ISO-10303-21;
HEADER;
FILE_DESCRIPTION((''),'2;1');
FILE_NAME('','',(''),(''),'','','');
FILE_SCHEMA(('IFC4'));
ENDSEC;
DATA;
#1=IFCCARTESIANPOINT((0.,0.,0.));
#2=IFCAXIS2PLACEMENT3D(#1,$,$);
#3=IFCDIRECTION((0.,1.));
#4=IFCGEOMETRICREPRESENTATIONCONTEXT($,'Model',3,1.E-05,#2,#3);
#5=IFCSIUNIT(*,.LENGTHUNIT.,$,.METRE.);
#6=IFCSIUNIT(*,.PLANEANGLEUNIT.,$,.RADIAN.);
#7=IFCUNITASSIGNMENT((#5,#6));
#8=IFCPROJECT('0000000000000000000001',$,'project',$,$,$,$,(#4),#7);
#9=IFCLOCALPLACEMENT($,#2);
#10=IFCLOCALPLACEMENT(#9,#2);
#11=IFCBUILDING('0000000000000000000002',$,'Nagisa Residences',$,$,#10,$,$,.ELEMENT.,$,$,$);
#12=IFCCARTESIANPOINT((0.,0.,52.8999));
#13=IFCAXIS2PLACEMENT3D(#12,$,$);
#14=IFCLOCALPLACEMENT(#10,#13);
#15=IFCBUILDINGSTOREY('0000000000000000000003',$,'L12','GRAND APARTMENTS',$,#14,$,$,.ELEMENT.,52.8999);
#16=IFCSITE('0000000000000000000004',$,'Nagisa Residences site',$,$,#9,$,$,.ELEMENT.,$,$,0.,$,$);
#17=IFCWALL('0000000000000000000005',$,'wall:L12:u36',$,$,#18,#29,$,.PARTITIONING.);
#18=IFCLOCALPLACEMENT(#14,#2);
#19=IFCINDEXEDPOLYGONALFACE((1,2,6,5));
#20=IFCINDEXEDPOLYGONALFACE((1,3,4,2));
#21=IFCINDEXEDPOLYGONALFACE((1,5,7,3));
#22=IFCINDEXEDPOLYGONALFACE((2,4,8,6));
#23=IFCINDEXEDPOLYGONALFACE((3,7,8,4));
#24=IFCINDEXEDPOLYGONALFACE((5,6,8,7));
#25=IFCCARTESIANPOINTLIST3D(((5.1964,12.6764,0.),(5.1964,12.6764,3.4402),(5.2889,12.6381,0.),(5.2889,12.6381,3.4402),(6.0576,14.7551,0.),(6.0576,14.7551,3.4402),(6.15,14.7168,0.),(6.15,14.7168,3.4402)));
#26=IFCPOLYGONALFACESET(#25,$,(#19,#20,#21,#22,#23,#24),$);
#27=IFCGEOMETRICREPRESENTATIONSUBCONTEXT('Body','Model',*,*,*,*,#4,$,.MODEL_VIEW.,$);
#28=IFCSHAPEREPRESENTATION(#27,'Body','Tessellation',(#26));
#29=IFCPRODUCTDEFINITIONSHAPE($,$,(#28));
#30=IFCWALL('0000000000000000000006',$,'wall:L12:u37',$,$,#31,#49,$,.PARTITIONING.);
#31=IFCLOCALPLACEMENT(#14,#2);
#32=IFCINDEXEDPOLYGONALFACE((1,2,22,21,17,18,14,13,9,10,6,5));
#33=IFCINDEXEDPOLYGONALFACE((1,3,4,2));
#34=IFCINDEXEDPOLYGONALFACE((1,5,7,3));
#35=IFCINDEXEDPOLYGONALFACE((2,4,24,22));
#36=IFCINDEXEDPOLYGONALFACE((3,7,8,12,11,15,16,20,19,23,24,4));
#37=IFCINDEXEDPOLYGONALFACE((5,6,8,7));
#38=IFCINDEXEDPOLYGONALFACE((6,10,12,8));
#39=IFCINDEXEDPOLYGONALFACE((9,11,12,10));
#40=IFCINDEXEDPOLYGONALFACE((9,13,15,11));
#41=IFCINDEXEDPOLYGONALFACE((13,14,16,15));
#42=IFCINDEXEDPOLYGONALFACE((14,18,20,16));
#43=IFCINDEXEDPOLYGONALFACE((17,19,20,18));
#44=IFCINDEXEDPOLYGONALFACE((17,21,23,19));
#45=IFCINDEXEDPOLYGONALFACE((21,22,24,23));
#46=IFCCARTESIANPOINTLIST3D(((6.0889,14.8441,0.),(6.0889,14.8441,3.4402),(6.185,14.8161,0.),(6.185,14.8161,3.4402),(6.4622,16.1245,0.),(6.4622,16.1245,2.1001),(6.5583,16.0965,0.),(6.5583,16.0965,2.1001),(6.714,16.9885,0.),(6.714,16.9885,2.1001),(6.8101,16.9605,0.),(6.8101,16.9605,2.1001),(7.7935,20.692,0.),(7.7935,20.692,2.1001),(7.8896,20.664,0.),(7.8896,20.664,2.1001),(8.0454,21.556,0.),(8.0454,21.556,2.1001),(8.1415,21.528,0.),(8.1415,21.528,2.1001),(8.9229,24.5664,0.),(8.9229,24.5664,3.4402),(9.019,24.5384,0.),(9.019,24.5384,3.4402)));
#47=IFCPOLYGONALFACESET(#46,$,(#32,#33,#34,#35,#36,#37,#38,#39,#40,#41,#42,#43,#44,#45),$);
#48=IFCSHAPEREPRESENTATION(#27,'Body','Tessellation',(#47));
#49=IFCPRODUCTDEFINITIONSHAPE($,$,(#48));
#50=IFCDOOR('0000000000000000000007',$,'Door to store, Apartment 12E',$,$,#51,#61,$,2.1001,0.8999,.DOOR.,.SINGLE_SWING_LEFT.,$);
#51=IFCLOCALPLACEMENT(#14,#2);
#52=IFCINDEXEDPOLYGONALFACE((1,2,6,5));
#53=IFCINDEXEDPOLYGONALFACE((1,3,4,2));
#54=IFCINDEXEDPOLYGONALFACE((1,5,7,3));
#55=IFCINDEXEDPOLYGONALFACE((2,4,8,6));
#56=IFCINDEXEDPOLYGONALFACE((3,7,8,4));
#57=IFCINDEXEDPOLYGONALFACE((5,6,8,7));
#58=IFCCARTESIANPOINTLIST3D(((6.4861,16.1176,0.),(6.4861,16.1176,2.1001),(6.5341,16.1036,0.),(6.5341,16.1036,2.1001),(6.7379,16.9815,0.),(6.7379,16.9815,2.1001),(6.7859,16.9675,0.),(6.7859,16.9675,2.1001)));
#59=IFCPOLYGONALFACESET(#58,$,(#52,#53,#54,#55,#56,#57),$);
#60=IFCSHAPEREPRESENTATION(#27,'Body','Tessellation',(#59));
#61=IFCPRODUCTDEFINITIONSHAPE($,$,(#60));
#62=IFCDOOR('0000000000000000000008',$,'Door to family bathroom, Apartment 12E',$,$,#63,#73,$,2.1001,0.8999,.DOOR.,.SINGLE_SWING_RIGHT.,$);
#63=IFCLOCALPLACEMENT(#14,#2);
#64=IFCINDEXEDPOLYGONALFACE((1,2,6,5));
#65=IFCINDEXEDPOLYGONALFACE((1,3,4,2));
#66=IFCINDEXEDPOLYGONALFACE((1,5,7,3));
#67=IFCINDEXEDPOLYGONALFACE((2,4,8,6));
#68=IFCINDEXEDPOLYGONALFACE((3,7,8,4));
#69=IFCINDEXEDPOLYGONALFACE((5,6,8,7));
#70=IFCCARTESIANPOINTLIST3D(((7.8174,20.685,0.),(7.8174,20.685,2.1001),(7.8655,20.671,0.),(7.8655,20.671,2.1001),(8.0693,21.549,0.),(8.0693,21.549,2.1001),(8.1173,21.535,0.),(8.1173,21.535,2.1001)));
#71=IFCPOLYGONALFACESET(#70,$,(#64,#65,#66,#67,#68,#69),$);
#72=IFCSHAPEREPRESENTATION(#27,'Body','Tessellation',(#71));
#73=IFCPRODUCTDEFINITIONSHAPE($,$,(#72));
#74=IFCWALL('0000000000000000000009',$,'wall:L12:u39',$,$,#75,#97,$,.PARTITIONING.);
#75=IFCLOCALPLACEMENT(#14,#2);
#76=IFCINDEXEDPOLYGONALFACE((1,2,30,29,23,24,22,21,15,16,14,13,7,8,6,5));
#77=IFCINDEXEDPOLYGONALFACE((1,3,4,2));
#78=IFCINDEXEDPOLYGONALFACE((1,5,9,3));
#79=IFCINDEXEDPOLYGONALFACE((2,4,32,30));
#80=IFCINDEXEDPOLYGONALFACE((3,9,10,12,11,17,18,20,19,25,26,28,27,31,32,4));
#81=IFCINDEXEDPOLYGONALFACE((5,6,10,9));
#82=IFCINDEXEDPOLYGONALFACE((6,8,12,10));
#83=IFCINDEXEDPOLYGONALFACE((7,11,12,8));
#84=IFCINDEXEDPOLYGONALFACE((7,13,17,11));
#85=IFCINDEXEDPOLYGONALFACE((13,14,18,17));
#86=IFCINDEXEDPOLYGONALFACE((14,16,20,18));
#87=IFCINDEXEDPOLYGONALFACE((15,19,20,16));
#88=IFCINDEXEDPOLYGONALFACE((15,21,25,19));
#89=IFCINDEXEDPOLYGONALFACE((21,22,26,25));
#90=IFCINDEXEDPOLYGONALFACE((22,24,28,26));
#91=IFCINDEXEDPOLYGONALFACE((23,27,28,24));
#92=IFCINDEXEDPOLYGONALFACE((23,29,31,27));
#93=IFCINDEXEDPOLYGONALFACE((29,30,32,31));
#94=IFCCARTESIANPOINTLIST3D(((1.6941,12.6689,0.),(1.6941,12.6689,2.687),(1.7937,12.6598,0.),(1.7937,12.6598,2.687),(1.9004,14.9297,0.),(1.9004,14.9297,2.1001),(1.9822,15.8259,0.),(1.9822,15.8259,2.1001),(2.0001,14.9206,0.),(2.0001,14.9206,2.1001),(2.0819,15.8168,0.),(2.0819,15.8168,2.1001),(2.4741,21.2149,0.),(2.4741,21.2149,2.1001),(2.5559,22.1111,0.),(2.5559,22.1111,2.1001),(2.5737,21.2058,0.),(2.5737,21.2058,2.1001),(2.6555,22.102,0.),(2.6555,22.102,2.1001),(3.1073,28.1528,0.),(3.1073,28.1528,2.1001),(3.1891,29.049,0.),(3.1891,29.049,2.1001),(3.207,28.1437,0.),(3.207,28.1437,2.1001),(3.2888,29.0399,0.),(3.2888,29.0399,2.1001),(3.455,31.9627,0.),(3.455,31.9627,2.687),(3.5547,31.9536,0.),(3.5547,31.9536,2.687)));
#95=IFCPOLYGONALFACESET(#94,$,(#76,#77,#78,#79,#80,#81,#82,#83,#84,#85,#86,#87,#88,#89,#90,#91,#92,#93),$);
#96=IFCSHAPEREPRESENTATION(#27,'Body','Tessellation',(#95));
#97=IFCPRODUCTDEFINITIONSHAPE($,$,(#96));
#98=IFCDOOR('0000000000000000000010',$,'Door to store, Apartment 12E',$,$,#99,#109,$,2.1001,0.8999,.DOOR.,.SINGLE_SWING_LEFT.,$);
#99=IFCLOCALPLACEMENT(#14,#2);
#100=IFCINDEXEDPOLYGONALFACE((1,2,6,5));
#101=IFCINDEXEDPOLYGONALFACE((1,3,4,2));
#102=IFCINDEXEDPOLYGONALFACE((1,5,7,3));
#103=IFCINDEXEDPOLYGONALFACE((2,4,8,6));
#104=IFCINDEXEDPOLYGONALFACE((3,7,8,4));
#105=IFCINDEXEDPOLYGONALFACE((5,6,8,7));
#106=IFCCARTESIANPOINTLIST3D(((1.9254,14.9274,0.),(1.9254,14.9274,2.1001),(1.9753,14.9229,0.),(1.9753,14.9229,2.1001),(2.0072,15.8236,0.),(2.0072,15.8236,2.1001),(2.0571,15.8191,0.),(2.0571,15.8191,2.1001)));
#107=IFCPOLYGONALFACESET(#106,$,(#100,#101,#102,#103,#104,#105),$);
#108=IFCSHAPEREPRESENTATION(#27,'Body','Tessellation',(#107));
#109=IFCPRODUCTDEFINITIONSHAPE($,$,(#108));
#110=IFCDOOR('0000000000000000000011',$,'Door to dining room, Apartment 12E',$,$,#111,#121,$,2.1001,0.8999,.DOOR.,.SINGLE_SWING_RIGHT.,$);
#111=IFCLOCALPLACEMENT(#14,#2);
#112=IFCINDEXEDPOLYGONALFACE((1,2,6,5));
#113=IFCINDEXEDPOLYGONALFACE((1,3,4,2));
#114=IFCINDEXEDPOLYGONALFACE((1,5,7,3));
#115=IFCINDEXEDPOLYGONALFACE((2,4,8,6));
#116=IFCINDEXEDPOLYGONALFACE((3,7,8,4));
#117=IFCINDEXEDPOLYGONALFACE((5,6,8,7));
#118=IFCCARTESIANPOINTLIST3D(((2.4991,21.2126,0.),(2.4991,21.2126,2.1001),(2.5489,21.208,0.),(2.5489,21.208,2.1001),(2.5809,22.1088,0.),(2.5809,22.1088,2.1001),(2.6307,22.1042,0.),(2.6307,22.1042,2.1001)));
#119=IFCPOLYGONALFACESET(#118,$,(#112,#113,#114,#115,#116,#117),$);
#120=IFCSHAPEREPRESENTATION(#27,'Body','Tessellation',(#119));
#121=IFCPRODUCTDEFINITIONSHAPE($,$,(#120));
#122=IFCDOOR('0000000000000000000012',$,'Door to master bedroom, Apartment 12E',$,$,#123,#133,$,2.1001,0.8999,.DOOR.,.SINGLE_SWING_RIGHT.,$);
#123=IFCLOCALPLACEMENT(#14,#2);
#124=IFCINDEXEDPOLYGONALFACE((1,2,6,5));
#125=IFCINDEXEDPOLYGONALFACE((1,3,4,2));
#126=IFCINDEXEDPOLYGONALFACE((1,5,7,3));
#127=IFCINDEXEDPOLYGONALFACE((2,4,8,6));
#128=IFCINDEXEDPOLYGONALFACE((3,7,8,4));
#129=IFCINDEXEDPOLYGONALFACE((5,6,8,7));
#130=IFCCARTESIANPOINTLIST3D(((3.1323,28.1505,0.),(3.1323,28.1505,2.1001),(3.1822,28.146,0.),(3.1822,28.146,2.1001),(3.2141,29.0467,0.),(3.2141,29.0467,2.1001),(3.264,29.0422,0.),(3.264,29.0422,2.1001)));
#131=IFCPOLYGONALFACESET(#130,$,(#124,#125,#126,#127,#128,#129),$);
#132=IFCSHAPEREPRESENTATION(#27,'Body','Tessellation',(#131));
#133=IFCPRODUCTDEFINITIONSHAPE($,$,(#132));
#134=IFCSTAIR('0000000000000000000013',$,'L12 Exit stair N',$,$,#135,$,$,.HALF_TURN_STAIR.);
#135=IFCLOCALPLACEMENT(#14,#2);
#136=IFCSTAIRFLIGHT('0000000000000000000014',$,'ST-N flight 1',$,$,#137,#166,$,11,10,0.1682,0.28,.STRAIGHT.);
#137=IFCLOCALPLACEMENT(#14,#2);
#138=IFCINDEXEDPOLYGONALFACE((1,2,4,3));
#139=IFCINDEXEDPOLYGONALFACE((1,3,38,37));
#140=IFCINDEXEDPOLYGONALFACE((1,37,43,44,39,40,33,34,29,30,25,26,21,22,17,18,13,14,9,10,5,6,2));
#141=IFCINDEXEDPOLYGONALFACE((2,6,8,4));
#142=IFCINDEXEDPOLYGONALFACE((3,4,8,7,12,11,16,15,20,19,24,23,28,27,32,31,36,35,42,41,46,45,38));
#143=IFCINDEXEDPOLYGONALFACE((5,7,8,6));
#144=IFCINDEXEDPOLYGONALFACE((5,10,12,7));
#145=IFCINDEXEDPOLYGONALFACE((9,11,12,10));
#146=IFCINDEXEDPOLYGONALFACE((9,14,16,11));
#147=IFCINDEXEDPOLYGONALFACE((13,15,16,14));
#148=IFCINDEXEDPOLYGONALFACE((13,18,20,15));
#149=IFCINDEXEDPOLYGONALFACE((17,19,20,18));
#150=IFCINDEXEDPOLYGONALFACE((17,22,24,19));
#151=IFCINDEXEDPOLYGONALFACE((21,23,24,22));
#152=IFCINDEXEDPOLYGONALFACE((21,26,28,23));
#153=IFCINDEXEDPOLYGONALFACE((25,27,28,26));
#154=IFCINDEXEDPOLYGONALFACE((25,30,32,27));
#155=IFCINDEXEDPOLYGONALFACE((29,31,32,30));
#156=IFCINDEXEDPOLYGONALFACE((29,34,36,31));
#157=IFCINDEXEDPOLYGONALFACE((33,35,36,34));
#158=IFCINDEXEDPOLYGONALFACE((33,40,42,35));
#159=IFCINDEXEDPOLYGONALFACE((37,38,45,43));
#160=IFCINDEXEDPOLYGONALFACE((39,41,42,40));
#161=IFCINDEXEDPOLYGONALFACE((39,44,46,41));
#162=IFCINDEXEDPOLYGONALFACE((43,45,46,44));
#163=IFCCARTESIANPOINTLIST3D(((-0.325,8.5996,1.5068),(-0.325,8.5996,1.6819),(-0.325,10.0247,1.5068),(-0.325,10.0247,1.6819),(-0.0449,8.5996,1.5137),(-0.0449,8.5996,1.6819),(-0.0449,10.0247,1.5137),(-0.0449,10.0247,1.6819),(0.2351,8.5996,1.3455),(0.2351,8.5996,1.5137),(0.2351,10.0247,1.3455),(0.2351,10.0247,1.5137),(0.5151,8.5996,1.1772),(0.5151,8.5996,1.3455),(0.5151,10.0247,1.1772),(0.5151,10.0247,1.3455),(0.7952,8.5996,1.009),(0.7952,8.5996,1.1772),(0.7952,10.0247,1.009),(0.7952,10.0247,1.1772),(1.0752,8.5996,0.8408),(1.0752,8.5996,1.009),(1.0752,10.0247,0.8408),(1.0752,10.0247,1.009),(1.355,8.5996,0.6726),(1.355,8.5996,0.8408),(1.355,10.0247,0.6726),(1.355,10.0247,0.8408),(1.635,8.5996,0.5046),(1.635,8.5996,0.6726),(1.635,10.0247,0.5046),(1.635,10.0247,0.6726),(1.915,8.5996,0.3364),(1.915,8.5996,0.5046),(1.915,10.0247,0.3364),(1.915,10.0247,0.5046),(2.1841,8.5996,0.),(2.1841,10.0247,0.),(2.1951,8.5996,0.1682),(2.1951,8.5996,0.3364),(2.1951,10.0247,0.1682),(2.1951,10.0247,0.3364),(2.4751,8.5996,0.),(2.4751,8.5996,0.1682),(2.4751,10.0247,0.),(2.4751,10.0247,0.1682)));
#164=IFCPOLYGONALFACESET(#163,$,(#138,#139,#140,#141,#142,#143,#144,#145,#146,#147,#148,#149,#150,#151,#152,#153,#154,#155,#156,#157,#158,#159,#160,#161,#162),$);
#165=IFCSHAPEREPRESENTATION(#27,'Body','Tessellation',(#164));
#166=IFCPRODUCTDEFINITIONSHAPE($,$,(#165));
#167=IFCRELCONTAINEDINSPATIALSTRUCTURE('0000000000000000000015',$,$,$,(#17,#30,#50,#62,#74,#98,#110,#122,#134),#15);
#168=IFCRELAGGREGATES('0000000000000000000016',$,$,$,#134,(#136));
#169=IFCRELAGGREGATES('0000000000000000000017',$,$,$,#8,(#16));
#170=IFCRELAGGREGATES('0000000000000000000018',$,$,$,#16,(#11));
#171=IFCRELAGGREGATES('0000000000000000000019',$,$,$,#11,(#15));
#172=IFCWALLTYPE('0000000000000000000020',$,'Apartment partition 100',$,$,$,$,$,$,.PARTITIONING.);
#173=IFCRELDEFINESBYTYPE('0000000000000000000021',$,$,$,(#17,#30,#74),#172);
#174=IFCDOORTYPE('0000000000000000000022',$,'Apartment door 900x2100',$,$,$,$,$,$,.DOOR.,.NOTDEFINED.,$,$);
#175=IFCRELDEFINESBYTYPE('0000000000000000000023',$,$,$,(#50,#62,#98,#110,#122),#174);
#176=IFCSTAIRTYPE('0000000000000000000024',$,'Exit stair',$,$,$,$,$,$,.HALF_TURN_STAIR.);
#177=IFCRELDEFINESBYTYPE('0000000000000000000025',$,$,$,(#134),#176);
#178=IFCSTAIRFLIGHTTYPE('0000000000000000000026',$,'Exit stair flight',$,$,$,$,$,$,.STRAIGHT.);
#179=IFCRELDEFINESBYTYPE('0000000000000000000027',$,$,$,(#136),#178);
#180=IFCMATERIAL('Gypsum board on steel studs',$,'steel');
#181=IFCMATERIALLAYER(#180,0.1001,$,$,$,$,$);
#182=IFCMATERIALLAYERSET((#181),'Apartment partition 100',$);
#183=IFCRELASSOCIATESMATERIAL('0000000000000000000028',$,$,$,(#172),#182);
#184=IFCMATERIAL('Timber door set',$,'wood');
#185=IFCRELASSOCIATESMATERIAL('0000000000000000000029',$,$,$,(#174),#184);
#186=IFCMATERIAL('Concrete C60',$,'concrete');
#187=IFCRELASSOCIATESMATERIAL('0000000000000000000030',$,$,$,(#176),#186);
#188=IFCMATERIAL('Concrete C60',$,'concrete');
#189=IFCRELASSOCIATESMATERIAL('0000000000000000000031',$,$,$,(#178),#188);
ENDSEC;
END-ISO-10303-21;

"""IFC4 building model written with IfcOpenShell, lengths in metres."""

from ifc_helpers import new_model, si_unit, direction, frame, frame_2d, origin, place, context, subcontext, project, spatial, polyline, rectangle, outline, extrude, material, layer, layer_set, type_object, element, fill, aggregate, save


model = new_model("IFC4")

# Units and contexts
model_context = context("Model", 3, precision=1e-05, world=origin(), true_north=direction((0.0, 1.0)))
body_context = subcontext(model_context, "Body", "Model", "MODEL_VIEW")
ifc_project = project(units=[si_unit("LENGTHUNIT", "METRE"), si_unit("PLANEANGLEUNIT", "RADIAN")], contexts=[model_context])

# Site, building, storey
site_placement = place(None, origin())
site = spatial("IfcSite", under=ifc_project, at=site_placement, Name="Nagisa Residences site", CompositionType="ELEMENT", RefElevation=0.0)
building_placement = place(site_placement, origin())
building = spatial("IfcBuilding", under=site, at=building_placement, Name="Nagisa Residences", CompositionType="ELEMENT")
storey_placement = place(building_placement, frame((0.0, 0.0, 52.8999)))
storey = spatial("IfcBuildingStorey", under=building, at=storey_placement, Name="L12", Description="GRAND APARTMENTS", CompositionType="ELEMENT", Elevation=52.8999)

# Shared definitions
ifc_material_1 = material(Name="Gypsum board on steel studs", Category="steel")
ifc_layer_1 = layer(ifc_material_1, 0.1001)
ifc_layer_set_1 = layer_set([ifc_layer_1], Name="Apartment partition 100")
wall_type_1 = type_object("IfcWallType", Name="Apartment partition 100", PredefinedType="PARTITIONING", material=ifc_layer_set_1)
ifc_material_2 = material(Name="Timber door set", Category="wood")
door_type_1 = type_object("IfcDoorType", Name="Apartment door 900x2100", OperationType="NOTDEFINED", PredefinedType="DOOR", material=ifc_material_2)

# Wall
wall_1_placement = place(storey_placement, frame((5.2427, 12.6572, 0.0), z_axis=(0.0, 0.0, 1.0), x_axis=(0.382719, 0.923865, 0.0)))
element("IfcWall", 1, at=wall_1_placement, inside=storey, type_object=wall_type_1, Name="wall:L12:u36", PredefinedType="PARTITIONING", context=body_context, shape_type="SweptSolid", body=[
    extrude(rectangle(XDim=2.25, YDim=0.1001, at=frame_2d((1.125, 0.0))), origin(), (0.0, 0.0, 1.0), 3.4402),
])

# Walls, openings, doors
wall_2_placement = place(storey_placement, frame((6.137, 14.8301, 0.0), z_axis=(0.0, 0.0, 1.0), x_axis=(0.279844, 0.960046, 0.0)))
wall_2 = element("IfcWall", 2, at=wall_2_placement, inside=storey, type_object=wall_type_1, Name="wall:L12:u37", PredefinedType="PARTITIONING", context=body_context, shape_type="SweptSolid", body=[
    extrude(rectangle(XDim=10.127, YDim=0.1001, at=frame_2d((5.0635, 0.0))), origin(), (0.0, 0.0, 1.0), 3.4402),
])
opening_1_placement = place(wall_2_placement, frame((1.3337, 0.0, 0.0)))
opening_1 = element("IfcOpeningElement", 3, at=opening_1_placement, cuts=wall_2, PredefinedType="OPENING", context=body_context, shape_type="SweptSolid", body=[
    extrude(rectangle(XDim=0.8999, YDim=2.1001, at=frame_2d((0.45, 1.05))), frame((0.0, 0.0601, 0.0), z_axis=(0.0, -1.0, 0.0), x_axis=(1.0, 0.0, 0.0)), (0.0, 0.0, 1.0), 0.1201),
])
opening_2_placement = place(wall_2_placement, frame((6.0913, 0.0, 0.0)))
opening_2 = element("IfcOpeningElement", 4, at=opening_2_placement, cuts=wall_2, PredefinedType="OPENING", context=body_context, shape_type="SweptSolid", body=[
    extrude(rectangle(XDim=0.8999, YDim=2.1001, at=frame_2d((0.45, 1.05))), frame((0.0, 0.0601, 0.0), z_axis=(0.0, -1.0, 0.0), x_axis=(1.0, 0.0, 0.0)), (0.0, 0.0, 1.0), 0.1201),
])
door_1_placement = place(opening_1_placement, frame((0.8999, 0.0, 0.0), x_axis=(-1.0, 0.0, 0.0)))
door_1 = element("IfcDoor", 5, at=door_1_placement, inside=storey, type_object=door_type_1, Name="Door to store, Apartment 12E", OperationType="SINGLE_SWING_LEFT", OverallHeight=2.1001, OverallWidth=0.8999, PredefinedType="DOOR", context=body_context, shape_type="SweptSolid", body=[
    extrude(rectangle(XDim=0.8999, YDim=2.1001, at=frame_2d((0.45, 1.05))), frame((0.0, 0.0249, 0.0), z_axis=(0.0, -1.0, 0.0), x_axis=(1.0, 0.0, 0.0)), (0.0, 0.0, 1.0), 0.05),
])
fill(opening_1, door_1)
door_2_placement = place(opening_2_placement, frame((0.8999, 0.0, 0.0), x_axis=(-1.0, 0.0, 0.0)))
door_2 = element("IfcDoor", 6, at=door_2_placement, inside=storey, type_object=door_type_1, Name="Door to family bathroom, Apartment 12E", OperationType="SINGLE_SWING_RIGHT", OverallHeight=2.1001, OverallWidth=0.8999, PredefinedType="DOOR", context=body_context, shape_type="SweptSolid", body=[
    extrude(rectangle(XDim=0.8999, YDim=2.1001, at=frame_2d((0.45, 1.05))), frame((0.0, 0.0249, 0.0), z_axis=(0.0, -1.0, 0.0), x_axis=(1.0, 0.0, 0.0)), (0.0, 0.0, 1.0), 0.05),
])
fill(opening_2, door_2)
wall_3_placement = place(storey_placement, frame((1.7439, 12.6643, 0.0), z_axis=(0.0, 0.0, 1.0), x_axis=(0.090894, 0.995861, 0.0)))
wall_3 = element("IfcWall", 7, at=wall_3_placement, inside=storey, type_object=wall_type_1, Name="wall:L12:u39", PredefinedType="PARTITIONING", context=body_context, shape_type="SweptSolid", body=[
    extrude(rectangle(XDim=19.374, YDim=0.1001, at=frame_2d((9.687, 0.0))), origin(), (0.0, 0.0, 1.0), 2.687),
])
opening_3_placement = place(wall_3_placement, frame((2.2703, 0.0, 0.0)))
opening_3 = element("IfcOpeningElement", 8, at=opening_3_placement, cuts=wall_3, PredefinedType="OPENING", context=body_context, shape_type="SweptSolid", body=[
    extrude(rectangle(XDim=0.8999, YDim=2.1001, at=frame_2d((0.45, 1.05))), frame((0.0, 0.0601, 0.0), z_axis=(0.0, -1.0, 0.0), x_axis=(1.0, 0.0, 0.0)), (0.0, 0.0, 1.0), 0.1201),
])
opening_4_placement = place(wall_3_placement, frame((8.5815, 0.0, 0.0)))
opening_4 = element("IfcOpeningElement", 9, at=opening_4_placement, cuts=wall_3, PredefinedType="OPENING", context=body_context, shape_type="SweptSolid", body=[
    extrude(rectangle(XDim=0.8999, YDim=2.1001, at=frame_2d((0.45, 1.05))), frame((0.0, 0.0601, 0.0), z_axis=(0.0, -1.0, 0.0), x_axis=(1.0, 0.0, 0.0)), (0.0, 0.0, 1.0), 0.1201),
])
opening_5_placement = place(wall_3_placement, frame((15.5483, 0.0, 0.0)))
opening_5 = element("IfcOpeningElement", 10, at=opening_5_placement, cuts=wall_3, PredefinedType="OPENING", context=body_context, shape_type="SweptSolid", body=[
    extrude(rectangle(XDim=0.8999, YDim=2.1001, at=frame_2d((0.45, 1.05))), frame((0.0, 0.0601, 0.0), z_axis=(0.0, -1.0, 0.0), x_axis=(1.0, 0.0, 0.0)), (0.0, 0.0, 1.0), 0.1201),
])
door_3_placement = place(opening_3_placement, origin())
door_3 = element("IfcDoor", 11, at=door_3_placement, inside=storey, type_object=door_type_1, Name="Door to store, Apartment 12E", OperationType="SINGLE_SWING_LEFT", OverallHeight=2.1001, OverallWidth=0.8999, PredefinedType="DOOR", context=body_context, shape_type="SweptSolid", body=[
    extrude(rectangle(XDim=0.8999, YDim=2.1001, at=frame_2d((0.45, 1.05))), frame((0.0, 0.0249, 0.0), z_axis=(0.0, -1.0, 0.0), x_axis=(1.0, 0.0, 0.0)), (0.0, 0.0, 1.0), 0.05),
])
fill(opening_3, door_3)
door_4_placement = place(opening_4_placement, origin())
door_4 = element("IfcDoor", 12, at=door_4_placement, inside=storey, type_object=door_type_1, Name="Door to dining room, Apartment 12E", OperationType="SINGLE_SWING_RIGHT", OverallHeight=2.1001, OverallWidth=0.8999, PredefinedType="DOOR", context=body_context, shape_type="SweptSolid", body=[
    extrude(rectangle(XDim=0.8999, YDim=2.1001, at=frame_2d((0.45, 1.05))), frame((0.0, 0.0249, 0.0), z_axis=(0.0, -1.0, 0.0), x_axis=(1.0, 0.0, 0.0)), (0.0, 0.0, 1.0), 0.05),
])
fill(opening_4, door_4)
door_5_placement = place(opening_5_placement, origin())
door_5 = element("IfcDoor", 13, at=door_5_placement, inside=storey, type_object=door_type_1, Name="Door to master bedroom, Apartment 12E", OperationType="SINGLE_SWING_RIGHT", OverallHeight=2.1001, OverallWidth=0.8999, PredefinedType="DOOR", context=body_context, shape_type="SweptSolid", body=[
    extrude(rectangle(XDim=0.8999, YDim=2.1001, at=frame_2d((0.45, 1.05))), frame((0.0, 0.0249, 0.0), z_axis=(0.0, -1.0, 0.0), x_axis=(1.0, 0.0, 0.0)), (0.0, 0.0, 1.0), 0.05),
])
fill(opening_5, door_5)

# Stair, stair flight
ifc_material_3 = material(Name="Concrete C60", Category="concrete")
stair_type = type_object("IfcStairType", Name="Exit stair", PredefinedType="HALF_TURN_STAIR", material=ifc_material_3)
stair_placement = place(storey_placement, origin())
stair = element("IfcStair", 14, at=stair_placement, inside=storey, type_object=stair_type, Name="L12 Exit stair N", PredefinedType="HALF_TURN_STAIR")
ifc_material_4 = material(Name="Concrete C60", Category="concrete")
stair_flight_type = type_object("IfcStairFlightType", Name="Exit stair flight", PredefinedType="STRAIGHT", material=ifc_material_4)
stair_flight_placement = place(storey_placement, frame((2.4751, 9.312, 0.0), z_axis=(0.0, 0.0, 1.0), x_axis=(-1.0, 0.0, 0.0)))
stair_flight = element("IfcStairFlight", 15, at=stair_flight_placement, type_object=stair_flight_type, Name="ST-N flight 1", NumberOfRisers=11, NumberOfTreads=10, PredefinedType="STRAIGHT", RiserHeight=0.1682, TreadLength=0.28, context=body_context, shape_type="SweptSolid", body=[
    extrude(outline(polyline([(0.0, 0.0), (0.0, 0.1682), (0.28, 0.1682), (0.28, 0.3364), (0.5601, 0.3364), (0.5601, 0.5046), (0.8401, 0.5046), (0.8401, 0.6726), (1.1201, 0.6726), (1.1201, 0.8408), (1.3999, 0.8408), (1.3999, 1.009), (1.6799, 1.009), (1.6799, 1.1772), (1.96, 1.1772), (1.96, 1.3455), (2.24, 1.3455), (2.24, 1.5137), (2.52, 1.5137), (2.52, 1.6819), (2.8, 1.6819), (2.8, 1.8501), (2.8, 1.5068), (0.291, 0.0), (0.0, 0.0)])), frame((0.0, 0.7124, 0.0), z_axis=(0.0, -1.0, 0.0), x_axis=(1.0, 0.0, 0.0)), (0.0, 0.0, 1.0), 1.425),
])
aggregate(stair, [stair_flight])

save(model, "model.ifc")
